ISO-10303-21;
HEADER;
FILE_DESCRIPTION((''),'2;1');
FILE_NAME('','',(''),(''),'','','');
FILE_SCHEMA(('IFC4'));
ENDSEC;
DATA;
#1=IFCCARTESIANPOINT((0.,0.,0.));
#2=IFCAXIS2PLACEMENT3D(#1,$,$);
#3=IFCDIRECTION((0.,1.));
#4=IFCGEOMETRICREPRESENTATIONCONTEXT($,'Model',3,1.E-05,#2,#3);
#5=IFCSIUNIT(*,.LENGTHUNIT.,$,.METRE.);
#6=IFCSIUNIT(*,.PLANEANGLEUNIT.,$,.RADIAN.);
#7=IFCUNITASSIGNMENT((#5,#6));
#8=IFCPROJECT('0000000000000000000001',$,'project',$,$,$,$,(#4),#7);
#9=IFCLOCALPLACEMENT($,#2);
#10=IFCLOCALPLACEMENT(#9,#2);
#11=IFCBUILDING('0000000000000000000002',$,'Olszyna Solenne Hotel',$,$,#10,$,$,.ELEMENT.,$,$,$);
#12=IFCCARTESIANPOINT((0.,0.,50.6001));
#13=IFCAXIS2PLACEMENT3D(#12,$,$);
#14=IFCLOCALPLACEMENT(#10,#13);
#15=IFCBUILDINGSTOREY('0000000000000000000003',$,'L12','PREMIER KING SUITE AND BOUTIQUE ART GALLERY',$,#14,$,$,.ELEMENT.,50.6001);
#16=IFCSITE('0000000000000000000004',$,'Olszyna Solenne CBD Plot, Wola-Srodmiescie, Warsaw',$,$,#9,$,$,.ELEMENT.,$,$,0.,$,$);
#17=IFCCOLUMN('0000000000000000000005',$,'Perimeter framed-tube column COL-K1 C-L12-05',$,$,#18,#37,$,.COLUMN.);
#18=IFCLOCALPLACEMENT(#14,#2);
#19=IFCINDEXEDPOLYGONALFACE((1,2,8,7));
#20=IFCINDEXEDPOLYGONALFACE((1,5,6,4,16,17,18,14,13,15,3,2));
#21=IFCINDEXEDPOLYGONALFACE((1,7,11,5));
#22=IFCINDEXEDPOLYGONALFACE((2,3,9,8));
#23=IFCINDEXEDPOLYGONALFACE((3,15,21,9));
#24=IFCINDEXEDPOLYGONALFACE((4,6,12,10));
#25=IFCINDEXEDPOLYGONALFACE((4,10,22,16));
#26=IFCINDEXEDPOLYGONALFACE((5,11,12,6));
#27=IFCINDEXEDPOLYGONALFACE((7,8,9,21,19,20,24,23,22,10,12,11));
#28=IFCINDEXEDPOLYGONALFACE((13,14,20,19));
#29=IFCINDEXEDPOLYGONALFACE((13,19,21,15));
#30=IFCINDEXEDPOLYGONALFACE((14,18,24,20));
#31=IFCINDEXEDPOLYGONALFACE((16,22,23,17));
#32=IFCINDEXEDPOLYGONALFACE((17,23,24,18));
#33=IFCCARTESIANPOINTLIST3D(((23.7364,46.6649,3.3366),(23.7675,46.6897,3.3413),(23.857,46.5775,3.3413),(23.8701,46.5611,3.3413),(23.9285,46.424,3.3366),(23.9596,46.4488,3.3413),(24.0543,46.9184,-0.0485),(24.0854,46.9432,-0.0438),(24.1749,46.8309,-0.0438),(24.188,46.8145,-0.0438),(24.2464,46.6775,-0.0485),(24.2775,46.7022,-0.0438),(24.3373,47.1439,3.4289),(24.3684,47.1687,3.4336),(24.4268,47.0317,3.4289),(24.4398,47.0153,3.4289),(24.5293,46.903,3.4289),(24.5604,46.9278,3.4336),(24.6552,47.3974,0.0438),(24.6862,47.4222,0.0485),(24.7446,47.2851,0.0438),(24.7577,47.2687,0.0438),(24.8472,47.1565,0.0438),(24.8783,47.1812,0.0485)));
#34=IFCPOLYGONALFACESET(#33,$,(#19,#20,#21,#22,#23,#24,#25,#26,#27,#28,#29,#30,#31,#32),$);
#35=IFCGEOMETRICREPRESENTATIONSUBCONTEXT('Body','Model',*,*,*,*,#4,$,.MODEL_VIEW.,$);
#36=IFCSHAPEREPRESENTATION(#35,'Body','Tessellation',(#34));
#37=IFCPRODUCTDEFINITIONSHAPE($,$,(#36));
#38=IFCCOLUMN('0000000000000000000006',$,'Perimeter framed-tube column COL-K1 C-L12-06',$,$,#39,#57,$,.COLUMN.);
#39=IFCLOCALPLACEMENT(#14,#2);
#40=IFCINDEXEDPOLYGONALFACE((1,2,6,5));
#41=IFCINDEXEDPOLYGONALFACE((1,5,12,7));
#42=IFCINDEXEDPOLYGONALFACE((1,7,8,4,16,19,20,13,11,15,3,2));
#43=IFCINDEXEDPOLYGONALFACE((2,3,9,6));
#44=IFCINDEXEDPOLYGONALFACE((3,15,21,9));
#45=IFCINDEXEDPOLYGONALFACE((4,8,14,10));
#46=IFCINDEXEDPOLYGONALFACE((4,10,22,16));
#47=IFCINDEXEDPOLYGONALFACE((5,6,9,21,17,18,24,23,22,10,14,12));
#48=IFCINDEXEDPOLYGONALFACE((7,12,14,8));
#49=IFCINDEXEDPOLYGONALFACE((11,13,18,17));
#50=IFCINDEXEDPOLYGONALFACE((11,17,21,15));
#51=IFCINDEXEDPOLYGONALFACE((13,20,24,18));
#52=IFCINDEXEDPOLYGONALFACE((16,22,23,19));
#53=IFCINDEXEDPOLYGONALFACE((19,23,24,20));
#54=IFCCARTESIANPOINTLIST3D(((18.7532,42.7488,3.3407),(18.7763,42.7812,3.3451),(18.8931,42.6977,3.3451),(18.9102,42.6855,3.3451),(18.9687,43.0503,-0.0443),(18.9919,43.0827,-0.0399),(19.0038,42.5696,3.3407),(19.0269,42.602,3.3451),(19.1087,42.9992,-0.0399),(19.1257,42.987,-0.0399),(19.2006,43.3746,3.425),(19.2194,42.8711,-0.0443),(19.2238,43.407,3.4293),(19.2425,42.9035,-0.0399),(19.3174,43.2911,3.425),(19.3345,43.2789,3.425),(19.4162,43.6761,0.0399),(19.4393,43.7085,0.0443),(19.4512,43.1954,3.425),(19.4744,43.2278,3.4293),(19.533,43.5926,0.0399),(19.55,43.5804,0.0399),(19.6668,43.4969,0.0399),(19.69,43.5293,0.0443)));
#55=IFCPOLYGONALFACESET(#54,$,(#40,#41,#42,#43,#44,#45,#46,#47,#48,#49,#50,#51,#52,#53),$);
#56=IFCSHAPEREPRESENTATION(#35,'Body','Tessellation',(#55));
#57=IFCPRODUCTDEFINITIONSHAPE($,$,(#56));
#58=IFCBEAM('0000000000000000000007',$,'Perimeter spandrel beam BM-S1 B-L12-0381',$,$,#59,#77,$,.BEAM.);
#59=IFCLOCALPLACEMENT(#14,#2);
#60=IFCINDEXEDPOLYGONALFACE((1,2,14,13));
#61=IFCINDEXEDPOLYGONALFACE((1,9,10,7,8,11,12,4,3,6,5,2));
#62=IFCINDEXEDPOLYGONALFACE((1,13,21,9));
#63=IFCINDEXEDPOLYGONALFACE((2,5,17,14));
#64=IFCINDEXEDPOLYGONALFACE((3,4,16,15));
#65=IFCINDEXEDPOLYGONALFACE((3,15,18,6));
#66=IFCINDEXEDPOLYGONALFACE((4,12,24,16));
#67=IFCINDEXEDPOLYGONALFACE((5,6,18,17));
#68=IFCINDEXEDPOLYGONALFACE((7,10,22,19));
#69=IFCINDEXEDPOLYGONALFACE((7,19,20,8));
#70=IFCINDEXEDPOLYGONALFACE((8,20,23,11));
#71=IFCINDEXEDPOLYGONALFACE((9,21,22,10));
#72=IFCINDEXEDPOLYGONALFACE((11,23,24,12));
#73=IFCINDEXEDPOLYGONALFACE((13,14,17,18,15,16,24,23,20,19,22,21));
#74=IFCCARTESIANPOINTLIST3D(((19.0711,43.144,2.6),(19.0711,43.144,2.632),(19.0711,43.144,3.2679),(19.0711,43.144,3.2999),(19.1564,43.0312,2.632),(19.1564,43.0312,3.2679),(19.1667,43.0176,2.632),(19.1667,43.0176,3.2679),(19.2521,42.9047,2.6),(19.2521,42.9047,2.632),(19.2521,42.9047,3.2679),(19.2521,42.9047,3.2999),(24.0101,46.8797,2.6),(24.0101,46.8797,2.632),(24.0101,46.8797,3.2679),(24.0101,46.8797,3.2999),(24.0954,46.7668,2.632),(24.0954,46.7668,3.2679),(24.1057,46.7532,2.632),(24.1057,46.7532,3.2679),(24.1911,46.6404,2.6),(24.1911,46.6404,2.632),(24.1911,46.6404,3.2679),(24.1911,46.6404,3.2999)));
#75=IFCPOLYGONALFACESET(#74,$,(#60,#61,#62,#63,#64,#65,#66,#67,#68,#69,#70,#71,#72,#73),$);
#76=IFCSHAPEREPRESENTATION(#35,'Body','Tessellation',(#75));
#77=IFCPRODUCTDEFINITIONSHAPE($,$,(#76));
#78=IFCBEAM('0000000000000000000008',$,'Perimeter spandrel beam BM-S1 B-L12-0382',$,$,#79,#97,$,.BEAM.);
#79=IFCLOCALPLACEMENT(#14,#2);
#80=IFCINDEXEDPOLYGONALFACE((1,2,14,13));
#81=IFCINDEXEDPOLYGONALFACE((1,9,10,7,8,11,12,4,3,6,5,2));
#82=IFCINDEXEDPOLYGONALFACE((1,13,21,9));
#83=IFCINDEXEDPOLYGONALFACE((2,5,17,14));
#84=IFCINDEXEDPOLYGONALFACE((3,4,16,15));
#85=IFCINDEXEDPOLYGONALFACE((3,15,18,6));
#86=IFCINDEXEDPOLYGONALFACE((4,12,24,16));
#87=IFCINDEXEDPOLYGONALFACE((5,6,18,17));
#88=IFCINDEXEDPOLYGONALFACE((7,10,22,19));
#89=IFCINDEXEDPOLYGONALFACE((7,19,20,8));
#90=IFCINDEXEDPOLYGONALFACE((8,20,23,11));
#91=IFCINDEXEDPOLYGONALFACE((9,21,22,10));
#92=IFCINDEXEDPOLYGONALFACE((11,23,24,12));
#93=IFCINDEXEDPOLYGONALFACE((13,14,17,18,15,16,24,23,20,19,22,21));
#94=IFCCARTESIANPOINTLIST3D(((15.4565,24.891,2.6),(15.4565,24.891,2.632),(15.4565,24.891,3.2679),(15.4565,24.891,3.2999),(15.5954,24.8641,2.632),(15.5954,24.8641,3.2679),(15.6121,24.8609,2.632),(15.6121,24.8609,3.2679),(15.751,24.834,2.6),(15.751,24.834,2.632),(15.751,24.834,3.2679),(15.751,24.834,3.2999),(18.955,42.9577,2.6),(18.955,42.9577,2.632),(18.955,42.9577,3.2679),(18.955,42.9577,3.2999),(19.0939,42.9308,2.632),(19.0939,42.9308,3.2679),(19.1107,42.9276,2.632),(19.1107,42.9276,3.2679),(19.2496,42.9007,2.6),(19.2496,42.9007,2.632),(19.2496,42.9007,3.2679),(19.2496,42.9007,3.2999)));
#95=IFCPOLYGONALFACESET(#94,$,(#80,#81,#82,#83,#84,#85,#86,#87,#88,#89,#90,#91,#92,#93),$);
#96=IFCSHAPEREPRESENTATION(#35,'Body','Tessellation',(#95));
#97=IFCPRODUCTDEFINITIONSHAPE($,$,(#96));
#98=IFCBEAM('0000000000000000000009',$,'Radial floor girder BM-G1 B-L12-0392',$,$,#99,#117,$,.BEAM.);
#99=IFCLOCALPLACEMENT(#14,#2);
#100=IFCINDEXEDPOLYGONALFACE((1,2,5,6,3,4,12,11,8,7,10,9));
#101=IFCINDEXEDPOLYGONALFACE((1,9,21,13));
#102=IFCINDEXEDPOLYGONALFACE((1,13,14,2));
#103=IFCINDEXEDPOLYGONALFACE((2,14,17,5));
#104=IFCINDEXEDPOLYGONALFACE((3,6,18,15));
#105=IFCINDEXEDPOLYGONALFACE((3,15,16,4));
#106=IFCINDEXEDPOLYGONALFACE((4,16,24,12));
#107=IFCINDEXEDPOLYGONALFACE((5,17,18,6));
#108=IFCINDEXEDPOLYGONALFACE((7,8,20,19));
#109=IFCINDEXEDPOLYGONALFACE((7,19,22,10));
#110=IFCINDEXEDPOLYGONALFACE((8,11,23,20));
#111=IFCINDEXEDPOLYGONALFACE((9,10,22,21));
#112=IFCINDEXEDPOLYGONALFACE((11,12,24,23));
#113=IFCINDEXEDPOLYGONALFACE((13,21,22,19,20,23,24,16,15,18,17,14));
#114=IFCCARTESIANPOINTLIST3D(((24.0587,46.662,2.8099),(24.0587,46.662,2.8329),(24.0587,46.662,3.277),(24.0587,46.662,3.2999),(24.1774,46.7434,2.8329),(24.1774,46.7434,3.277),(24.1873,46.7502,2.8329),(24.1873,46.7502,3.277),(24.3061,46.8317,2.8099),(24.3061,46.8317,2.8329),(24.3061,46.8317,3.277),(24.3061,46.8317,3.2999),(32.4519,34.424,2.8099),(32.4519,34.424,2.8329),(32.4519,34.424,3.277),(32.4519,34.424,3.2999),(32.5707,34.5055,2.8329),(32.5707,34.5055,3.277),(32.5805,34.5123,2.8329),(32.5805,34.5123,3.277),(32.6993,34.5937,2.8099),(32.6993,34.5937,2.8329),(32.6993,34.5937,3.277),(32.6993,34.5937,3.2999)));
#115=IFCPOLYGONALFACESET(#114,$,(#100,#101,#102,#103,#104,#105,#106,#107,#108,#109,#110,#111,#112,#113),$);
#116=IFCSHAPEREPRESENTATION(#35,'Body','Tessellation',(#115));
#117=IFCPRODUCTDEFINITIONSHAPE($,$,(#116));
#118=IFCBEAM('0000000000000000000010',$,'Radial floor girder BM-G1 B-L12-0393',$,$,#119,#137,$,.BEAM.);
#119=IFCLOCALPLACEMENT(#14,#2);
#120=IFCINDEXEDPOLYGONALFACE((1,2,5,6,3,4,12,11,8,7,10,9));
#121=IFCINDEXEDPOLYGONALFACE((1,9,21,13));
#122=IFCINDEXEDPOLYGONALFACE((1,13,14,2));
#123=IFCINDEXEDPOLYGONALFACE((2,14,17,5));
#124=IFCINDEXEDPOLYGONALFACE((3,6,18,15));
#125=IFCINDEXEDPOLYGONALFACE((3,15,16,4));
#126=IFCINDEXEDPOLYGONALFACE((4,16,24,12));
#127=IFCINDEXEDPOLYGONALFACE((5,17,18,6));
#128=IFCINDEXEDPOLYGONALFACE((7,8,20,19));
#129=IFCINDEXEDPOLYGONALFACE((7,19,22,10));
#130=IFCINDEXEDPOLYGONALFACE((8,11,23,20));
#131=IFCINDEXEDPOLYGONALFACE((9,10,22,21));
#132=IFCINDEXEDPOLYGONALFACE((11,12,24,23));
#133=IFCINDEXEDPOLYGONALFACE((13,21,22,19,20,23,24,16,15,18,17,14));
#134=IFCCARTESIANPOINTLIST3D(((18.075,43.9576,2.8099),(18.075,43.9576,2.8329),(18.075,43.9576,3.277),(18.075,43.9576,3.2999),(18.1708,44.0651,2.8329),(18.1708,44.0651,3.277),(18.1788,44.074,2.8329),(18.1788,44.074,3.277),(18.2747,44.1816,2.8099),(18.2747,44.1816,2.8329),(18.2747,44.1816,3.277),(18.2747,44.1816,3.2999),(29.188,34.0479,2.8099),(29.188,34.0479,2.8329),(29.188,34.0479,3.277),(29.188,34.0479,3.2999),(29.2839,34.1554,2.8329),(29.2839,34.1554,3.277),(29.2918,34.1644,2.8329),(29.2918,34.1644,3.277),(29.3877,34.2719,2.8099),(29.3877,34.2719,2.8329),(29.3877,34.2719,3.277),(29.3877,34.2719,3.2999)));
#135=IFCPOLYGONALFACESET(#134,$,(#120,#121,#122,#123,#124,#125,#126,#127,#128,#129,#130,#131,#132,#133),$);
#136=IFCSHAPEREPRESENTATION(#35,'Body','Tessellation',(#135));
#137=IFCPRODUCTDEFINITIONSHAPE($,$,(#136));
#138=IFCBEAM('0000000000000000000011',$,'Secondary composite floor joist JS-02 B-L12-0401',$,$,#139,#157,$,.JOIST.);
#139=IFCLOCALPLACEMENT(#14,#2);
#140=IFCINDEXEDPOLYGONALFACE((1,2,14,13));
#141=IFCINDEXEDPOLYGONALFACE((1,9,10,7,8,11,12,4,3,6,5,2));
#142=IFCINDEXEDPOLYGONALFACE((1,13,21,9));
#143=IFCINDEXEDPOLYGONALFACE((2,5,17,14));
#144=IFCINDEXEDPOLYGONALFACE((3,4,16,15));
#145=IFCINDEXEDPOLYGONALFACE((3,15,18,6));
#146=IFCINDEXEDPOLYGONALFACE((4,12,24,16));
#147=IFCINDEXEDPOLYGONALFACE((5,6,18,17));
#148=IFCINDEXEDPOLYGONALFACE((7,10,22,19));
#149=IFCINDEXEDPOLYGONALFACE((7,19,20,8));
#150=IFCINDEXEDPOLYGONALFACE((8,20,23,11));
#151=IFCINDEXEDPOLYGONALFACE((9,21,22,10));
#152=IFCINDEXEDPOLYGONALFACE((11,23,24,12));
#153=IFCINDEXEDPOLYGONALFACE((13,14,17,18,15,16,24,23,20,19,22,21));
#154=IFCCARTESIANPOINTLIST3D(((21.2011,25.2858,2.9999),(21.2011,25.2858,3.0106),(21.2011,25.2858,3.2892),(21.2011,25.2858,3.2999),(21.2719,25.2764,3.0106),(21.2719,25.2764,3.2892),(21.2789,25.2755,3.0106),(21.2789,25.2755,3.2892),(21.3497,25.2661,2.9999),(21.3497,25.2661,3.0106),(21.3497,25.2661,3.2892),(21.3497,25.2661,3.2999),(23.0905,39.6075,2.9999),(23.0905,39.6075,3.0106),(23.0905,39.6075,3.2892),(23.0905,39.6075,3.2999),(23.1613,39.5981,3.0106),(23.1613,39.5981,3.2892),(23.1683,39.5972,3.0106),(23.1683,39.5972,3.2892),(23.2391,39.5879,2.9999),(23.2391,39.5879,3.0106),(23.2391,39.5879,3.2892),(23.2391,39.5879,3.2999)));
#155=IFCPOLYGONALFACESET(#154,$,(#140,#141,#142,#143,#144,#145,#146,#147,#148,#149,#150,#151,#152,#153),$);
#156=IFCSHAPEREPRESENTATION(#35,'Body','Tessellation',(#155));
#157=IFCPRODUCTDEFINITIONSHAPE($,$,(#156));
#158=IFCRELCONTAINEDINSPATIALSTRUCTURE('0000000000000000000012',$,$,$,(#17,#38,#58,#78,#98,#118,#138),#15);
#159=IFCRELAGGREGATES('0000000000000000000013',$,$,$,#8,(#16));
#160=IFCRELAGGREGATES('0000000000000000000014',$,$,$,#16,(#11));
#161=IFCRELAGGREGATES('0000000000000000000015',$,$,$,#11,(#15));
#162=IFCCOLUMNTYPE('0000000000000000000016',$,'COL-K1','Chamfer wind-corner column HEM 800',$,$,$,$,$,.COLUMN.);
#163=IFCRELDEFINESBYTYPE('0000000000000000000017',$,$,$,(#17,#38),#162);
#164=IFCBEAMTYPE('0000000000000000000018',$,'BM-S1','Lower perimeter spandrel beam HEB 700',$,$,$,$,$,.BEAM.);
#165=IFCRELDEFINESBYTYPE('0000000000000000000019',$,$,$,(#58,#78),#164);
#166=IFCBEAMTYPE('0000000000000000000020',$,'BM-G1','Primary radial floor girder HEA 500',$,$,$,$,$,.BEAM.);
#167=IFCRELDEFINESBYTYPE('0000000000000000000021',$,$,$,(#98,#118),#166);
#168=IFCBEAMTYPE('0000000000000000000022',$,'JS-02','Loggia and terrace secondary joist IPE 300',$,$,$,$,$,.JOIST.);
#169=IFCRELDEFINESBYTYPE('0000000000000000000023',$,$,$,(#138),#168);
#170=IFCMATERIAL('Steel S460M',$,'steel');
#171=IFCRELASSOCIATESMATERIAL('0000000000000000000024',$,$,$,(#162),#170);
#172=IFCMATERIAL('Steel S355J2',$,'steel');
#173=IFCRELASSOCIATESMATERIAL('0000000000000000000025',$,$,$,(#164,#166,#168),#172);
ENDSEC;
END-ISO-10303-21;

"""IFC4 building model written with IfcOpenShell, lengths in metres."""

from ifc_helpers import new_model, si_unit, direction, frame, origin, origin_2d, place, context, subcontext, project, spatial, i_section, extrude, source, transform, mapped, material, material_profile, profile_set, type_object, element, save


model = new_model("IFC4")

# Units and contexts
model_context = context("Model", 3, precision=1e-05, world=origin(), true_north=direction((0.0, 1.0)))
body_context = subcontext(model_context, "Body", "Model", "MODEL_VIEW")
ifc_project = project(units=[si_unit("LENGTHUNIT", "METRE"), si_unit("PLANEANGLEUNIT", "RADIAN")], contexts=[model_context])

# Site, building, storey
site_placement = place(None, origin())
site = spatial("IfcSite", under=ifc_project, at=site_placement, Name="Olszyna Solenne CBD Plot, Wola-Srodmiescie, Warsaw", CompositionType="ELEMENT", RefElevation=0.0)
building_placement = place(site_placement, origin())
building = spatial("IfcBuilding", under=site, at=building_placement, Name="Olszyna Solenne Hotel", CompositionType="ELEMENT")
storey_placement = place(building_placement, frame((0.0, 0.0, 50.6001)))
storey = spatial("IfcBuildingStorey", under=building, at=storey_placement, Name="L12", Description="PREMIER KING SUITE AND BOUTIQUE ART GALLERY", CompositionType="ELEMENT", Elevation=50.6001)

# Columns
ifc_material_1 = material(Name="Steel S460M", Category="steel")
ifc_material_profile_1 = material_profile(ifc_material_1, i_section(OverallWidth=0.3081, OverallDepth=0.814, WebThickness=0.021, FlangeThickness=0.04, at=origin_2d()), Name="HEM 800", Category="load-bearing")
ifc_profile_set_1 = profile_set([ifc_material_profile_1], Name="Steel S460M")
column_type = type_object("IfcColumnType", Name="COL-K1", Description="Chamfer wind-corner column HEM 800", PredefinedType="COLUMN", material=ifc_profile_set_1)
shared_shape_1 = source(origin(), body_context, "Body", "SweptSolid", [
    extrude(i_section(OverallWidth=0.3081, OverallDepth=0.814, WebThickness=0.021, FlangeThickness=0.04, at=origin_2d()), origin(), (0.0, 0.0, 1.0), 3.4094),
])
column_1_placement = place(storey_placement, frame((24.4663, 47.0498, 0.0), z_axis=(-0.093236, -0.074331, 0.992866), x_axis=(0.623376, -0.781922, 0.0)))
element("IfcColumn", 1, at=column_1_placement, inside=storey, type_object=column_type, Name="Perimeter framed-tube column COL-K1 C-L12-05", PredefinedType="COLUMN", context=body_context, shape_type="MappedRepresentation", body=[
    mapped(shared_shape_1, transform((0.0, 0.0, 0.0), x_axis=(1.0, 0.0, 0.0), y_axis=(0.0, 1.0, 0.0), z_axis=(0.0, 0.0, 1.0), scale=1.0)),
])
shared_shape_2 = source(origin(), body_context, "Body", "SweptSolid", [
    extrude(i_section(OverallWidth=0.3081, OverallDepth=0.814, WebThickness=0.021, FlangeThickness=0.04, at=origin_2d()), origin(), (0.0, 0.0, 1.0), 3.4053),
])
column_2_placement = place(storey_placement, frame((19.3293, 43.2898, 0.0), z_axis=(-0.063307, -0.088544, 0.994058), x_axis=(0.813466, -0.581612, 0.0)))
element("IfcColumn", 2, at=column_2_placement, inside=storey, type_object=column_type, Name="Perimeter framed-tube column COL-K1 C-L12-06", PredefinedType="COLUMN", context=body_context, shape_type="MappedRepresentation", body=[
    mapped(shared_shape_2, transform((0.0, 0.0, 0.0), x_axis=(1.0, 0.0, 0.0), y_axis=(0.0, 1.0, 0.0), z_axis=(0.0, 0.0, 1.0), scale=1.0)),
])

# Beams
ifc_material_2 = material(Name="Steel S355J2", Category="steel")
ifc_material_profile_2 = material_profile(ifc_material_2, i_section(OverallWidth=0.3, OverallDepth=0.7, WebThickness=0.0171, FlangeThickness=0.032, at=origin_2d()), Name="HEB 700", Category="load-bearing")
ifc_profile_set_2 = profile_set([ifc_material_profile_2], Name="Steel S355J2")
beam_type_1 = type_object("IfcBeamType", Name="BM-S1", Description="Lower perimeter spandrel beam HEB 700", PredefinedType="BEAM", material=ifc_profile_set_2)
shared_shape_3 = source(origin(), body_context, "Body", "SweptSolid", [
    extrude(i_section(OverallWidth=0.3, OverallDepth=0.7, WebThickness=0.0171, FlangeThickness=0.032, at=origin_2d()), origin(), (0.0, 0.0, 1.0), 6.1926),
])
beam_1_placement = place(storey_placement, frame((24.1006, 46.76, 2.95), z_axis=(-0.797562, -0.603237, 0.0), x_axis=(0.603237, -0.797562, 0.0)))
element("IfcBeam", 3, at=beam_1_placement, inside=storey, type_object=beam_type_1, Name="Perimeter spandrel beam BM-S1 B-L12-0381", PredefinedType="BEAM", context=body_context, shape_type="MappedRepresentation", body=[
    mapped(shared_shape_3, transform((0.0, 0.0, 0.0), x_axis=(1.0, 0.0, 0.0), y_axis=(0.0, 1.0, 0.0), z_axis=(0.0, 0.0, 1.0), scale=1.0)),
])
shared_shape_4 = source(origin(), body_context, "Body", "SweptSolid", [
    extrude(i_section(OverallWidth=0.3, OverallDepth=0.7, WebThickness=0.0171, FlangeThickness=0.032, at=origin_2d()), origin(), (0.0, 0.0, 1.0), 18.4023),
])
beam_2_placement = place(storey_placement, frame((19.1023, 42.9292, 2.95), z_axis=(-0.190114, -0.981762, 0.0), x_axis=(0.981762, -0.190114, 0.0)))
element("IfcBeam", 4, at=beam_2_placement, inside=storey, type_object=beam_type_1, Name="Perimeter spandrel beam BM-S1 B-L12-0382", PredefinedType="BEAM", context=body_context, shape_type="MappedRepresentation", body=[
    mapped(shared_shape_4, transform((0.0, 0.0, 0.0), x_axis=(1.0, 0.0, 0.0), y_axis=(0.0, 1.0, 0.0), z_axis=(0.0, 0.0, 1.0), scale=1.0)),
])
ifc_material_profile_3 = material_profile(ifc_material_2, i_section(OverallWidth=0.3, OverallDepth=0.49, WebThickness=0.012, FlangeThickness=0.0229, at=origin_2d()), Name="HEA 500", Category="load-bearing")
ifc_profile_set_3 = profile_set([ifc_material_profile_3], Name="Steel S355J2")
beam_type_2 = type_object("IfcBeamType", Name="BM-G1", Description="Primary radial floor girder HEA 500", PredefinedType="BEAM", material=ifc_profile_set_3)
shared_shape_5 = source(origin(), body_context, "Body", "SweptSolid", [
    extrude(i_section(OverallWidth=0.3, OverallDepth=0.49, WebThickness=0.012, FlangeThickness=0.0229, at=origin_2d()), origin(), (0.0, 0.0, 1.0), 14.8396),
])
beam_3_placement = place(storey_placement, frame((24.1824, 46.7468, 3.0549), z_axis=(0.565598, -0.824681, 0.0), x_axis=(0.824681, 0.565598, 0.0)))
element("IfcBeam", 5, at=beam_3_placement, inside=storey, type_object=beam_type_2, Name="Radial floor girder BM-G1 B-L12-0392", PredefinedType="BEAM", context=body_context, shape_type="MappedRepresentation", body=[
    mapped(shared_shape_5, transform((0.0, 0.0, 0.0), x_axis=(1.0, 0.0, 0.0), y_axis=(0.0, 1.0, 0.0), z_axis=(0.0, 0.0, 1.0), scale=1.0)),
])
shared_shape_6 = source(origin(), body_context, "Body", "SweptSolid", [
    extrude(i_section(OverallWidth=0.3, OverallDepth=0.49, WebThickness=0.012, FlangeThickness=0.0229, at=origin_2d()), origin(), (0.0, 0.0, 1.0), 14.8896),
])
beam_4_placement = place(storey_placement, frame((18.1748, 44.0696, 3.0549), z_axis=(0.746361, -0.665542, 0.0), x_axis=(0.665542, 0.746361, 0.0)))
element("IfcBeam", 6, at=beam_4_placement, inside=storey, type_object=beam_type_2, Name="Radial floor girder BM-G1 B-L12-0393", PredefinedType="BEAM", context=body_context, shape_type="MappedRepresentation", body=[
    mapped(shared_shape_6, transform((0.0, 0.0, 0.0), x_axis=(1.0, 0.0, 0.0), y_axis=(0.0, 1.0, 0.0), z_axis=(0.0, 0.0, 1.0), scale=1.0)),
])
ifc_material_profile_4 = material_profile(ifc_material_2, i_section(OverallWidth=0.1499, OverallDepth=0.3, WebThickness=0.0071, FlangeThickness=0.0107, at=origin_2d()), Name="IPE 300", Category="load-bearing")
ifc_profile_set_4 = profile_set([ifc_material_profile_4], Name="Steel S355J2")
beam_type_3 = type_object("IfcBeamType", Name="JS-02", Description="Loggia and terrace secondary joist IPE 300", PredefinedType="JOIST", material=ifc_profile_set_4)
shared_shape_7 = source(origin(), body_context, "Body", "SweptSolid", [
    extrude(i_section(OverallWidth=0.1499, OverallDepth=0.3, WebThickness=0.0071, FlangeThickness=0.0107, at=origin_2d()), origin(), (0.0, 0.0, 1.0), 14.4458),
])
beam_5_placement = place(storey_placement, frame((23.1648, 39.5977, 3.1499), z_axis=(-0.130792, -0.99141, 0.0), x_axis=(0.99141, -0.130792, 0.0)))
element("IfcBeam", 7, at=beam_5_placement, inside=storey, type_object=beam_type_3, Name="Secondary composite floor joist JS-02 B-L12-0401", PredefinedType="JOIST", context=body_context, shape_type="MappedRepresentation", body=[
    mapped(shared_shape_7, transform((0.0, 0.0, 0.0), x_axis=(1.0, 0.0, 0.0), y_axis=(0.0, 1.0, 0.0), z_axis=(0.0, 0.0, 1.0), scale=1.0)),
])

save(model, "model.ifc")
